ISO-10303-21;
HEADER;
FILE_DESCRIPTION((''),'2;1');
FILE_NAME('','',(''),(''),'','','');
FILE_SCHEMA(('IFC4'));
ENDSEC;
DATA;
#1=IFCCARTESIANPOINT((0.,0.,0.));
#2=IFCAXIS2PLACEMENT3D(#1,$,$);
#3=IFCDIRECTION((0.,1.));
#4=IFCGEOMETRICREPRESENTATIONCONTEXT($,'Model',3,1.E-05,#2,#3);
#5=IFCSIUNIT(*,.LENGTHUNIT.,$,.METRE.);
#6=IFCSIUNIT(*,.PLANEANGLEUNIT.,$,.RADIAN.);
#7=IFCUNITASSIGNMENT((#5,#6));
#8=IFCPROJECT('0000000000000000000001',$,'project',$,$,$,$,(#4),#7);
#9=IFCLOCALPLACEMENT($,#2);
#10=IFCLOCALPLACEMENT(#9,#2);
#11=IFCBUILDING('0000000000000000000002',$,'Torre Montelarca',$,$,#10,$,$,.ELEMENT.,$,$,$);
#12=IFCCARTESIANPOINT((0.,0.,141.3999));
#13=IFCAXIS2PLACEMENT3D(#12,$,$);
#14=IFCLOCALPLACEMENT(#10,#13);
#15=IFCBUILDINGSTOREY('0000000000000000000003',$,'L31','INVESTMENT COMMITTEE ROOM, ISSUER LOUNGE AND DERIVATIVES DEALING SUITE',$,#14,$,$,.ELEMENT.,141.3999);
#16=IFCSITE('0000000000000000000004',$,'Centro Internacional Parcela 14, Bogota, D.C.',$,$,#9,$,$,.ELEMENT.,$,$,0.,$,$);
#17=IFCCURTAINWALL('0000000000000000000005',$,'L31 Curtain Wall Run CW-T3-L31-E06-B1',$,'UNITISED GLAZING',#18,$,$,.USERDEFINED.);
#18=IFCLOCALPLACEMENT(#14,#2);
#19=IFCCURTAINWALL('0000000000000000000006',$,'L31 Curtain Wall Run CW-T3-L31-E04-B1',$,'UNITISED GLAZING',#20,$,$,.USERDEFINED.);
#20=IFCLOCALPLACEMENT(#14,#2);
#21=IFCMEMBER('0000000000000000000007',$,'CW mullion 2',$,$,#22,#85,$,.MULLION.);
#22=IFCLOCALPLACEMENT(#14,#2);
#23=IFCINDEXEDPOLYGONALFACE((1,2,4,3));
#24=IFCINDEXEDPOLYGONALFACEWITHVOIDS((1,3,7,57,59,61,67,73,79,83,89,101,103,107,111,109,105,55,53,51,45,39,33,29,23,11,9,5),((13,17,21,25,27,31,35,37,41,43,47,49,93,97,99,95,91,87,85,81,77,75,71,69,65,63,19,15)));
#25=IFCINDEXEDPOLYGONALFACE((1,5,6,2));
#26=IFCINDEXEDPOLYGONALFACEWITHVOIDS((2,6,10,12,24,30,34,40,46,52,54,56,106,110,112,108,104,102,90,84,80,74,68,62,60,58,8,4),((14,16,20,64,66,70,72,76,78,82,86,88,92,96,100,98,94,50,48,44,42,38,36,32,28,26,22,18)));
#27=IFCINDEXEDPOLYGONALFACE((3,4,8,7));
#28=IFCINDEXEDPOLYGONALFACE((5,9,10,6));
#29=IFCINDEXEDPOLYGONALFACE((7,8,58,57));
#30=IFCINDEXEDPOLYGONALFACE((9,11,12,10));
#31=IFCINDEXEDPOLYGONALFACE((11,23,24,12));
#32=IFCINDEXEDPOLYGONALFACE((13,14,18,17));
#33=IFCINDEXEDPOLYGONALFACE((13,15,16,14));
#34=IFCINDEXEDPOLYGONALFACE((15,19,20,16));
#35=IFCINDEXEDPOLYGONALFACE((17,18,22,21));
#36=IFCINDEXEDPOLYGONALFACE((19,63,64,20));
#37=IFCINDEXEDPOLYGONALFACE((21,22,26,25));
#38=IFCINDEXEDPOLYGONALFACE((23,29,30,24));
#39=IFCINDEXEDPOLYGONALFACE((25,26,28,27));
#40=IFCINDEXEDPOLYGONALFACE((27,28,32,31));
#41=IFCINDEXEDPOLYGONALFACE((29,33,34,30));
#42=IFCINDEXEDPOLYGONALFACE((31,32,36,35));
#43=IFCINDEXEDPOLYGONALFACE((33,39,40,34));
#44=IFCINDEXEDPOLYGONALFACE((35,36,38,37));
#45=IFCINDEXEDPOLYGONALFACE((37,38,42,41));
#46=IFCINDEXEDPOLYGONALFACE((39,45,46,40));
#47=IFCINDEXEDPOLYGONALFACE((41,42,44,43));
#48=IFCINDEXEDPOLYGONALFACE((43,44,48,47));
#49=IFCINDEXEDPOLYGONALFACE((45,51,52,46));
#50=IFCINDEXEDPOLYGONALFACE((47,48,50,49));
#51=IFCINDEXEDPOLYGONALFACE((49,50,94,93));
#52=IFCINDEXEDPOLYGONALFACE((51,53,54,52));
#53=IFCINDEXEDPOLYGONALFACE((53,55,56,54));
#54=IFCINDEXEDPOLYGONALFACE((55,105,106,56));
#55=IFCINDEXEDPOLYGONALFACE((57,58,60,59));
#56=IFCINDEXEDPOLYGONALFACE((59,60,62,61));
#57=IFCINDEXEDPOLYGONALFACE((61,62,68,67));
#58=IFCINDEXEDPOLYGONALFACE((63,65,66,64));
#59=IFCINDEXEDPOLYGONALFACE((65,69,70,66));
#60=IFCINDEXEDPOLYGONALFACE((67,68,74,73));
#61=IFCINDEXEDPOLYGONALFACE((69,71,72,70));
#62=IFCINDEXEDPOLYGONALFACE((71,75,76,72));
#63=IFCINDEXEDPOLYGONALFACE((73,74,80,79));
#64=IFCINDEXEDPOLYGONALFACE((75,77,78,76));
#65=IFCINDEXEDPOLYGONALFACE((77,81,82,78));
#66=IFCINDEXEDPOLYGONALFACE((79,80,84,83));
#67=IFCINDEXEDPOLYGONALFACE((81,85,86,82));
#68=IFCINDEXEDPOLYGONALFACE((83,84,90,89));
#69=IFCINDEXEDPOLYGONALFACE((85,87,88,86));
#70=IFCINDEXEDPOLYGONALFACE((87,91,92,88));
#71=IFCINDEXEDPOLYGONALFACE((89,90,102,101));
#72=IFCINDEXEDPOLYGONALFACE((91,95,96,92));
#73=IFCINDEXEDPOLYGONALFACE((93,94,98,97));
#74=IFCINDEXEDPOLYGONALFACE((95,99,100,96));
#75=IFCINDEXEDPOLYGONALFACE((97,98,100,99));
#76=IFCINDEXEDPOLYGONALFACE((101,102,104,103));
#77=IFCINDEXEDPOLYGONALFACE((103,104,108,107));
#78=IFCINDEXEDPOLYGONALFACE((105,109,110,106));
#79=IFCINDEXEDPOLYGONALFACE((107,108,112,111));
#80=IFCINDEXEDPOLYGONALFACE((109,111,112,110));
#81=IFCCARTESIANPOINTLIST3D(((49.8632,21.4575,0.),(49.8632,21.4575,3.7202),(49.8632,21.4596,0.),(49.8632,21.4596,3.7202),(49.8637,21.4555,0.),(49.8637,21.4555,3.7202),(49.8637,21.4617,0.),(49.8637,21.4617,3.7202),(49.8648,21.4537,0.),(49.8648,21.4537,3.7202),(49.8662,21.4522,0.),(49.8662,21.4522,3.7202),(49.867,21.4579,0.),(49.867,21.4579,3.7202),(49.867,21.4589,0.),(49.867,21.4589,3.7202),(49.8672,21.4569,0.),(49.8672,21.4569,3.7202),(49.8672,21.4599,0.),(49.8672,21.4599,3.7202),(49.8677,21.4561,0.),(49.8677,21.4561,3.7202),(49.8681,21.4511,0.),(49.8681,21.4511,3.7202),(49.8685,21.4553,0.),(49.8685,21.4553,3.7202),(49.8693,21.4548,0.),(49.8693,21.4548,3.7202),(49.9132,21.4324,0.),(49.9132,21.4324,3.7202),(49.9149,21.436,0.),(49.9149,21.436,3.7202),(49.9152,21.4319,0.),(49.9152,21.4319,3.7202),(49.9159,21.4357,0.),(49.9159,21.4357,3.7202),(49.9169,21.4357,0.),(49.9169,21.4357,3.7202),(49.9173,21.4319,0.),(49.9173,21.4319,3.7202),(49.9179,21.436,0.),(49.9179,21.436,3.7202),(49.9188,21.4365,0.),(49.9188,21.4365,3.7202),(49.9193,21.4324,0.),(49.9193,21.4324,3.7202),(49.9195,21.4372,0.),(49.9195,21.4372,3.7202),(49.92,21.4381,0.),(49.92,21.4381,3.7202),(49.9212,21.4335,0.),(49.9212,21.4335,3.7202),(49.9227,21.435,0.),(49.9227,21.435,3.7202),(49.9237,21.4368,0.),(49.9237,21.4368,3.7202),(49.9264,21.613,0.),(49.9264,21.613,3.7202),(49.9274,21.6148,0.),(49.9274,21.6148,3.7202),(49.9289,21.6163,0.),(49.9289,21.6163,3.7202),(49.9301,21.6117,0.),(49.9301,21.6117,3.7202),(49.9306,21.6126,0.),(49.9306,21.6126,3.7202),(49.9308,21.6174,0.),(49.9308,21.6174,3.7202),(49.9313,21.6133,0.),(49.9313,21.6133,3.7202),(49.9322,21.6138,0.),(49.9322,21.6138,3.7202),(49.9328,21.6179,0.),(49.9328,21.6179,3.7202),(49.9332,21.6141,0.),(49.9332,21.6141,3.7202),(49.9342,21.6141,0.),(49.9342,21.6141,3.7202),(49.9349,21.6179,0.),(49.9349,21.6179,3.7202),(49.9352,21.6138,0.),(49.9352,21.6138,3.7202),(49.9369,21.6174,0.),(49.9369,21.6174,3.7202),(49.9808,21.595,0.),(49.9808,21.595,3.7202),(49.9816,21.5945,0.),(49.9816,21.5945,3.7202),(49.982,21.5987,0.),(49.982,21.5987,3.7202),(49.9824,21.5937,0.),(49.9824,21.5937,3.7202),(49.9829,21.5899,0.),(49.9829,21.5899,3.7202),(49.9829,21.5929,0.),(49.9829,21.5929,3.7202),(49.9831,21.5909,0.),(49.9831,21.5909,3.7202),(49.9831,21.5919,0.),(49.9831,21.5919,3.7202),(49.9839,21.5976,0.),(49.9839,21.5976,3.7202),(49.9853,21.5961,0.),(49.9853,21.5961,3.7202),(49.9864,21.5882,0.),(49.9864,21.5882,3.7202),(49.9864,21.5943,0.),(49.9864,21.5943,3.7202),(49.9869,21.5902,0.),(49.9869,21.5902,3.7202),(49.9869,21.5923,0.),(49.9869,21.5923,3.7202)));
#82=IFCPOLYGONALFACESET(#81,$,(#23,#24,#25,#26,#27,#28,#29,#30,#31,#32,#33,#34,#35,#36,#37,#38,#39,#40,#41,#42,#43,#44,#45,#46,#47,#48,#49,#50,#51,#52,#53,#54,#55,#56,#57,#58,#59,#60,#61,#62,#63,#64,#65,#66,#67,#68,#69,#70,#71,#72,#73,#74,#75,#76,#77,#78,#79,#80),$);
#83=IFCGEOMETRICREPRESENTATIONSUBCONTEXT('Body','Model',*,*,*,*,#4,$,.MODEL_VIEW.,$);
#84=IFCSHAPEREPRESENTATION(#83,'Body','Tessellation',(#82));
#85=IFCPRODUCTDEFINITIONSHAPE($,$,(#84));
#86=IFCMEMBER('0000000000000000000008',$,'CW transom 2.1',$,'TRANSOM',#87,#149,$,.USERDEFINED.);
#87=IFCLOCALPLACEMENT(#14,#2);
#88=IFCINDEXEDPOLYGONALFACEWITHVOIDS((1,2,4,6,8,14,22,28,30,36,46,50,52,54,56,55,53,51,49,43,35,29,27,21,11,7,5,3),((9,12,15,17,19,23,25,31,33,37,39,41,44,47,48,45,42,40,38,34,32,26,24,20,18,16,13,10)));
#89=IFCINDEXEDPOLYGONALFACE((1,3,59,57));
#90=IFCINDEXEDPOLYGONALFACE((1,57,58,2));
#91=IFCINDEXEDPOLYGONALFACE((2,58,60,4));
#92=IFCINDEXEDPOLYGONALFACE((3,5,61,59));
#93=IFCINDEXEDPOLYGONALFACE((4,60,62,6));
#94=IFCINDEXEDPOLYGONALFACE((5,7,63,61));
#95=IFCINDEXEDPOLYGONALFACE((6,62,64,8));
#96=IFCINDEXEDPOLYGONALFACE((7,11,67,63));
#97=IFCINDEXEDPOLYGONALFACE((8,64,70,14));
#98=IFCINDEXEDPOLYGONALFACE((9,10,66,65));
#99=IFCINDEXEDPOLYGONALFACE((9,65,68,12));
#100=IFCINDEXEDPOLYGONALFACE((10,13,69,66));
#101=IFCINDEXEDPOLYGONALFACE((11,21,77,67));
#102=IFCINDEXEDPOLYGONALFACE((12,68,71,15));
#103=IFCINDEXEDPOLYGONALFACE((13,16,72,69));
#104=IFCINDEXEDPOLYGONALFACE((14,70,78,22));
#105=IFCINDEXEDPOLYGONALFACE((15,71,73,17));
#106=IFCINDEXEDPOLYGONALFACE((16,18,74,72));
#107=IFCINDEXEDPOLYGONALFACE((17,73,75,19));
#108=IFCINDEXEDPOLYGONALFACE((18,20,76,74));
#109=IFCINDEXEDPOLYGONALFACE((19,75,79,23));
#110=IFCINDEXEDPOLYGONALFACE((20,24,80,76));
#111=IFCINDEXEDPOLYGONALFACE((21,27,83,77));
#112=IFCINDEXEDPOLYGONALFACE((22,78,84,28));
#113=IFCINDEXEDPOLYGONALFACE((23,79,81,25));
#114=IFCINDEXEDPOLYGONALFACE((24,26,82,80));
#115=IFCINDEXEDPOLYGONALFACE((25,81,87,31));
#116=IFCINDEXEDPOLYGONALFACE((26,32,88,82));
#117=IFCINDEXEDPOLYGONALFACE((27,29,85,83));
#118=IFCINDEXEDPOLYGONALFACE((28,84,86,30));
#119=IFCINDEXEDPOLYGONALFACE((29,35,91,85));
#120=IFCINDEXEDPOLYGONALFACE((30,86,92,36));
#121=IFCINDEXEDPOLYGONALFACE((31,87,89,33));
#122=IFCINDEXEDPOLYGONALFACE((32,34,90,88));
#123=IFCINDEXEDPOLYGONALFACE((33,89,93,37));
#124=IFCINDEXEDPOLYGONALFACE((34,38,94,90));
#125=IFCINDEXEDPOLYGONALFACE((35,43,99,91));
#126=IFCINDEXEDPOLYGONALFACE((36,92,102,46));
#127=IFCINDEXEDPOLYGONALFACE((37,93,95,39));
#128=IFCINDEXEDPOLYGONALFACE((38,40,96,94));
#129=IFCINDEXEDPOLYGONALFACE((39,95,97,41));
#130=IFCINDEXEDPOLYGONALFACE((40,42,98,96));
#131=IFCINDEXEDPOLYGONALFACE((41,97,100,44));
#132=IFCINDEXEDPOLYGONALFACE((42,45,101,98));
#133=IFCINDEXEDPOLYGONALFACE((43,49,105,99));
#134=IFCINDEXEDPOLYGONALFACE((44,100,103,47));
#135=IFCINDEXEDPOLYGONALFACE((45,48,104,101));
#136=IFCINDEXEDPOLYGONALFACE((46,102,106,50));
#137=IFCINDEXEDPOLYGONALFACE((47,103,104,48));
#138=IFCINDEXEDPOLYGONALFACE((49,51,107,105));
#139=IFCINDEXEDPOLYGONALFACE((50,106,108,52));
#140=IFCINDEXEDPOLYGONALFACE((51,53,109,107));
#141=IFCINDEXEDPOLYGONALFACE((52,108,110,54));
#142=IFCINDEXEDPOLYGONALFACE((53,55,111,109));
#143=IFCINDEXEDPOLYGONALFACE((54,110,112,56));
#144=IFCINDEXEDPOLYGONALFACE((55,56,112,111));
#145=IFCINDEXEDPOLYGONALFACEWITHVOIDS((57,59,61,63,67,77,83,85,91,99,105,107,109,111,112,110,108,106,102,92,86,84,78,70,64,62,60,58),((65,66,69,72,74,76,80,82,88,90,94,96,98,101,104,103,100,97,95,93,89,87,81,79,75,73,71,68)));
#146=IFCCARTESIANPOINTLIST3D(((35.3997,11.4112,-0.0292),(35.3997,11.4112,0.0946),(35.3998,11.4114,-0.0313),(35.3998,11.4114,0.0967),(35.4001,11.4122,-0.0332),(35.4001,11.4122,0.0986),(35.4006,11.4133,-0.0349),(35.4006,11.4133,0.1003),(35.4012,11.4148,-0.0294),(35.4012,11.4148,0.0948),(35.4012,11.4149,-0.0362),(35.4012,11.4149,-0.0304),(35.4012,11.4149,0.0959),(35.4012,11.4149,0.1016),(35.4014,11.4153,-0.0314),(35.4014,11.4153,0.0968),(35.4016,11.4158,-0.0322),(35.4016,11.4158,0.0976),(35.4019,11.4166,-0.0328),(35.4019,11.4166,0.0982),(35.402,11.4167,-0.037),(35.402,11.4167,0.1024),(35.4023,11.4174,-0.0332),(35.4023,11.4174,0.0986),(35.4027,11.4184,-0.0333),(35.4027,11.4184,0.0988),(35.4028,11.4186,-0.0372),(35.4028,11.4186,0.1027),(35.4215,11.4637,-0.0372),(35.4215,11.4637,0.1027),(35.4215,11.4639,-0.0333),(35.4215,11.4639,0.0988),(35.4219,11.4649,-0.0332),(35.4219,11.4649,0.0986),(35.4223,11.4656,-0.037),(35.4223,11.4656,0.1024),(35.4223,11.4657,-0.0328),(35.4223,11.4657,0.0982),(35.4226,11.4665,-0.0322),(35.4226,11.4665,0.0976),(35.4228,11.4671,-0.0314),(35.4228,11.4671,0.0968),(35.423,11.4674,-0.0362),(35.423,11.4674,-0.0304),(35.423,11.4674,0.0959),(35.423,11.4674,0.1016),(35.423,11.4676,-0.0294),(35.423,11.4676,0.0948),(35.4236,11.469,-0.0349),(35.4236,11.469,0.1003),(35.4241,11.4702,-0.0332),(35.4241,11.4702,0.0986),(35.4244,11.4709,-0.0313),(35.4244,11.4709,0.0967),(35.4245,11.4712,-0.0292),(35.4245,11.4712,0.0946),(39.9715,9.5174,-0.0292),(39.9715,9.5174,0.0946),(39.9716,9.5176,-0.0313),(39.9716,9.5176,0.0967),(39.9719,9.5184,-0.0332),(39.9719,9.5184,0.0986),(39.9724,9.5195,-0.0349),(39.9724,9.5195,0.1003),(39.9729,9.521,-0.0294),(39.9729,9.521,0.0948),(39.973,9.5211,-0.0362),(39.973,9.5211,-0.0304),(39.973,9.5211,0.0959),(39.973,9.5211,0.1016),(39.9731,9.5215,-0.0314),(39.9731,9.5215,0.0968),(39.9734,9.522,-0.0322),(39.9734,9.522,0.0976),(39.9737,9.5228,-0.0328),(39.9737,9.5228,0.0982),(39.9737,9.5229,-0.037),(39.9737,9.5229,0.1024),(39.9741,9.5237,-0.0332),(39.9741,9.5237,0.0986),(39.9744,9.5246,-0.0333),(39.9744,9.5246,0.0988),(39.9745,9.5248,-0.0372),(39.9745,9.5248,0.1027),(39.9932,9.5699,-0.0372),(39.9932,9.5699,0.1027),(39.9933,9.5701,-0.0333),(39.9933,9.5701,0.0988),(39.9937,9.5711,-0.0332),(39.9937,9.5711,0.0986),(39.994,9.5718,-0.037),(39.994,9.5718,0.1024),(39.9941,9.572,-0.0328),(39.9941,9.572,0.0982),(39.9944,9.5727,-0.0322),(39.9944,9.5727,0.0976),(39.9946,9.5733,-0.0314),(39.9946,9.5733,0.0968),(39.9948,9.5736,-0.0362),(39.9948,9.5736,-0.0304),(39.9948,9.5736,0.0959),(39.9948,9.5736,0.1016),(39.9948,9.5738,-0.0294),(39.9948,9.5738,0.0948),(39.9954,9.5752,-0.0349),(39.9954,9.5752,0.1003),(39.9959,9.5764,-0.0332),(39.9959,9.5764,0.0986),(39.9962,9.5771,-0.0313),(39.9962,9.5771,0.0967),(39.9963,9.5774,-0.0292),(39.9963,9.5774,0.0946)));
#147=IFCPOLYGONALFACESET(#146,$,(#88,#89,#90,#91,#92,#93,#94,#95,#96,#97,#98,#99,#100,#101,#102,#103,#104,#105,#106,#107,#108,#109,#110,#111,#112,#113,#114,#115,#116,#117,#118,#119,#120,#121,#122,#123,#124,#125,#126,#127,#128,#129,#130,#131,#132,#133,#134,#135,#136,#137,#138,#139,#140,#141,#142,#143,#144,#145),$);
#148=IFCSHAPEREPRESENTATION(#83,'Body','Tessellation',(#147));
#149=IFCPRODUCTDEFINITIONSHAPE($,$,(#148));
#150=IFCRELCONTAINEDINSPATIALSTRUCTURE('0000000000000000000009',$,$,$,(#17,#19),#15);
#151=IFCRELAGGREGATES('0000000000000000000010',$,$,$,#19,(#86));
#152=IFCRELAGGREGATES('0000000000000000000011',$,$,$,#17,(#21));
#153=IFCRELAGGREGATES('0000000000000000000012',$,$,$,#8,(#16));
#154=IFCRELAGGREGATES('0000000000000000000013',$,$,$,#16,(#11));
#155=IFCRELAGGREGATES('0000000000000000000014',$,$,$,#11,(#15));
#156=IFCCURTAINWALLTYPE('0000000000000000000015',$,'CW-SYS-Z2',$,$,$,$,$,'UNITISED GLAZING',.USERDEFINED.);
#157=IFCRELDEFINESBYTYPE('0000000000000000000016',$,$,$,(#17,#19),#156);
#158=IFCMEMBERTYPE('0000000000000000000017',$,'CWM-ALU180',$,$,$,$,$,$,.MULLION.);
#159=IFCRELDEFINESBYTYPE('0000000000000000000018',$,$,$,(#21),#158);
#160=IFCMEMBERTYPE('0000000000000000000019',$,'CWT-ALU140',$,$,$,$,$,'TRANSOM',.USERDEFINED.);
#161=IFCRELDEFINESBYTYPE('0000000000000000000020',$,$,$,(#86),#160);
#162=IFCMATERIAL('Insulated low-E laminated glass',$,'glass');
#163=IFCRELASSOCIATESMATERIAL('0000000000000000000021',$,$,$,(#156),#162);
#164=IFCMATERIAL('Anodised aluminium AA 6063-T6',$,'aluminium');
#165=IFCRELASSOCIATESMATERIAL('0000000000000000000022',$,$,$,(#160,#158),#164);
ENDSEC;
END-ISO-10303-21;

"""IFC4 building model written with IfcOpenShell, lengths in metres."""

from ifc_helpers import new_model, si_unit, direction, frame, origin, origin_2d, place, context, subcontext, project, spatial, hollow_rectangle, extrude, source, transform, mapped, material, material_profile, profile_set, type_object, element, aggregate, save


model = new_model("IFC4")

# Units and contexts
model_context = context("Model", 3, precision=1e-05, world=origin(), true_north=direction((0.0, 1.0)))
body_context = subcontext(model_context, "Body", "Model", "MODEL_VIEW")
ifc_project = project(units=[si_unit("LENGTHUNIT", "METRE"), si_unit("PLANEANGLEUNIT", "RADIAN")], contexts=[model_context])

# Site, building, storey
site_placement = place(None, origin())
site = spatial("IfcSite", under=ifc_project, at=site_placement, Name="Centro Internacional Parcela 14, Bogota, D.C.", CompositionType="ELEMENT", RefElevation=0.0)
building_placement = place(site_placement, origin())
building = spatial("IfcBuilding", under=site, at=building_placement, Name="Torre Montelarca", CompositionType="ELEMENT")
storey_placement = place(building_placement, frame((0.0, 0.0, 141.3999)))
storey = spatial("IfcBuildingStorey", under=building, at=storey_placement, Name="L31", Description="INVESTMENT COMMITTEE ROOM, ISSUER LOUNGE AND DERIVATIVES DEALING SUITE", CompositionType="ELEMENT", Elevation=141.3999)

# Curtain walls
ifc_material_1 = material(Name="Insulated low-E laminated glass", Category="glass")
curtain_wall_type = type_object("IfcCurtainWallType", Name="CW-SYS-Z2", ElementType="UNITISED GLAZING", PredefinedType="USERDEFINED", material=ifc_material_1)
ifc_material_2 = material(Name="Anodised aluminium AA 6063-T6", Category="aluminium")
ifc_material_profile_1 = material_profile(ifc_material_2, hollow_rectangle(XDim=0.0649, YDim=0.1399, WallThickness=0.0039, InnerFilletRadius=0.0039, OuterFilletRadius=0.0081, at=origin_2d()), Name="ALU65X140X4", Category="aluminium")
ifc_profile_set_1 = profile_set([ifc_material_profile_1], Name="Anodised aluminium AA 6063-T6")
member_type_1 = type_object("IfcMemberType", Name="CWT-ALU140", ElementType="TRANSOM", PredefinedType="USERDEFINED", material=ifc_profile_set_1)
curtain_wall_1_placement = place(storey_placement, origin())
curtain_wall_1 = element("IfcCurtainWall", 1, at=curtain_wall_1_placement, inside=storey, type_object=curtain_wall_type, Name="L31 Curtain Wall Run CW-T3-L31-E06-B1", ObjectType="UNITISED GLAZING", PredefinedType="USERDEFINED")
curtain_wall_2_placement = place(storey_placement, origin())
curtain_wall_2 = element("IfcCurtainWall", 2, at=curtain_wall_2_placement, inside=storey, type_object=curtain_wall_type, Name="L31 Curtain Wall Run CW-T3-L31-E04-B1", ObjectType="UNITISED GLAZING", PredefinedType="USERDEFINED")
ifc_material_profile_2 = material_profile(ifc_material_2, hollow_rectangle(XDim=0.0649, YDim=0.1799, WallThickness=0.0039, InnerFilletRadius=0.0039, OuterFilletRadius=0.0081, at=origin_2d()), Name="ALU65X180X4", Category="aluminium")
ifc_profile_set_2 = profile_set([ifc_material_profile_2], Name="Anodised aluminium AA 6063-T6")
member_type_2 = type_object("IfcMemberType", Name="CWM-ALU180", PredefinedType="MULLION", material=ifc_profile_set_2)
shared_shape_1 = source(origin(), body_context, "Body", "SweptSolid", [
    extrude(hollow_rectangle(XDim=0.0649, YDim=0.1799, WallThickness=0.0039, InnerFilletRadius=0.0039, OuterFilletRadius=0.0081, at=origin_2d()), origin(), (0.0, 0.0, 1.0), 3.7202),
])

# Members
member_1_placement = place(storey_placement, frame((49.925, 21.5249, 0.0), z_axis=(0.0, 0.0, 1.0), x_axis=(-0.923881, 0.382679, 0.0)))
member_1 = element("IfcMember", 3, at=member_1_placement, type_object=member_type_2, Name="CW mullion 2", PredefinedType="MULLION", context=body_context, shape_type="MappedRepresentation", body=[
    mapped(shared_shape_1, transform((0.0, 0.0, 0.0), scale=1.0)),
])
shared_shape_2 = source(origin(), body_context, "Body", "SweptSolid", [
    extrude(hollow_rectangle(XDim=0.0649, YDim=0.1399, WallThickness=0.0039, InnerFilletRadius=0.0039, OuterFilletRadius=0.0081, at=origin_2d()), origin(), (0.0, 0.0, 1.0), 4.9485),
])
member_2_placement = place(storey_placement, frame((35.4121, 11.4412, 0.0327), z_axis=(0.923872, -0.382702, 0.0), x_axis=(0.382702, 0.923872, 0.0)))
member_2 = element("IfcMember", 4, at=member_2_placement, type_object=member_type_1, Name="CW transom 2.1", ObjectType="TRANSOM", PredefinedType="USERDEFINED", context=body_context, shape_type="MappedRepresentation", body=[
    mapped(shared_shape_2, transform((0.0, 0.0, 0.0), scale=1.0)),
])

aggregate(curtain_wall_2, [member_2])
aggregate(curtain_wall_1, [member_1])

save(model, "model.ifc")
